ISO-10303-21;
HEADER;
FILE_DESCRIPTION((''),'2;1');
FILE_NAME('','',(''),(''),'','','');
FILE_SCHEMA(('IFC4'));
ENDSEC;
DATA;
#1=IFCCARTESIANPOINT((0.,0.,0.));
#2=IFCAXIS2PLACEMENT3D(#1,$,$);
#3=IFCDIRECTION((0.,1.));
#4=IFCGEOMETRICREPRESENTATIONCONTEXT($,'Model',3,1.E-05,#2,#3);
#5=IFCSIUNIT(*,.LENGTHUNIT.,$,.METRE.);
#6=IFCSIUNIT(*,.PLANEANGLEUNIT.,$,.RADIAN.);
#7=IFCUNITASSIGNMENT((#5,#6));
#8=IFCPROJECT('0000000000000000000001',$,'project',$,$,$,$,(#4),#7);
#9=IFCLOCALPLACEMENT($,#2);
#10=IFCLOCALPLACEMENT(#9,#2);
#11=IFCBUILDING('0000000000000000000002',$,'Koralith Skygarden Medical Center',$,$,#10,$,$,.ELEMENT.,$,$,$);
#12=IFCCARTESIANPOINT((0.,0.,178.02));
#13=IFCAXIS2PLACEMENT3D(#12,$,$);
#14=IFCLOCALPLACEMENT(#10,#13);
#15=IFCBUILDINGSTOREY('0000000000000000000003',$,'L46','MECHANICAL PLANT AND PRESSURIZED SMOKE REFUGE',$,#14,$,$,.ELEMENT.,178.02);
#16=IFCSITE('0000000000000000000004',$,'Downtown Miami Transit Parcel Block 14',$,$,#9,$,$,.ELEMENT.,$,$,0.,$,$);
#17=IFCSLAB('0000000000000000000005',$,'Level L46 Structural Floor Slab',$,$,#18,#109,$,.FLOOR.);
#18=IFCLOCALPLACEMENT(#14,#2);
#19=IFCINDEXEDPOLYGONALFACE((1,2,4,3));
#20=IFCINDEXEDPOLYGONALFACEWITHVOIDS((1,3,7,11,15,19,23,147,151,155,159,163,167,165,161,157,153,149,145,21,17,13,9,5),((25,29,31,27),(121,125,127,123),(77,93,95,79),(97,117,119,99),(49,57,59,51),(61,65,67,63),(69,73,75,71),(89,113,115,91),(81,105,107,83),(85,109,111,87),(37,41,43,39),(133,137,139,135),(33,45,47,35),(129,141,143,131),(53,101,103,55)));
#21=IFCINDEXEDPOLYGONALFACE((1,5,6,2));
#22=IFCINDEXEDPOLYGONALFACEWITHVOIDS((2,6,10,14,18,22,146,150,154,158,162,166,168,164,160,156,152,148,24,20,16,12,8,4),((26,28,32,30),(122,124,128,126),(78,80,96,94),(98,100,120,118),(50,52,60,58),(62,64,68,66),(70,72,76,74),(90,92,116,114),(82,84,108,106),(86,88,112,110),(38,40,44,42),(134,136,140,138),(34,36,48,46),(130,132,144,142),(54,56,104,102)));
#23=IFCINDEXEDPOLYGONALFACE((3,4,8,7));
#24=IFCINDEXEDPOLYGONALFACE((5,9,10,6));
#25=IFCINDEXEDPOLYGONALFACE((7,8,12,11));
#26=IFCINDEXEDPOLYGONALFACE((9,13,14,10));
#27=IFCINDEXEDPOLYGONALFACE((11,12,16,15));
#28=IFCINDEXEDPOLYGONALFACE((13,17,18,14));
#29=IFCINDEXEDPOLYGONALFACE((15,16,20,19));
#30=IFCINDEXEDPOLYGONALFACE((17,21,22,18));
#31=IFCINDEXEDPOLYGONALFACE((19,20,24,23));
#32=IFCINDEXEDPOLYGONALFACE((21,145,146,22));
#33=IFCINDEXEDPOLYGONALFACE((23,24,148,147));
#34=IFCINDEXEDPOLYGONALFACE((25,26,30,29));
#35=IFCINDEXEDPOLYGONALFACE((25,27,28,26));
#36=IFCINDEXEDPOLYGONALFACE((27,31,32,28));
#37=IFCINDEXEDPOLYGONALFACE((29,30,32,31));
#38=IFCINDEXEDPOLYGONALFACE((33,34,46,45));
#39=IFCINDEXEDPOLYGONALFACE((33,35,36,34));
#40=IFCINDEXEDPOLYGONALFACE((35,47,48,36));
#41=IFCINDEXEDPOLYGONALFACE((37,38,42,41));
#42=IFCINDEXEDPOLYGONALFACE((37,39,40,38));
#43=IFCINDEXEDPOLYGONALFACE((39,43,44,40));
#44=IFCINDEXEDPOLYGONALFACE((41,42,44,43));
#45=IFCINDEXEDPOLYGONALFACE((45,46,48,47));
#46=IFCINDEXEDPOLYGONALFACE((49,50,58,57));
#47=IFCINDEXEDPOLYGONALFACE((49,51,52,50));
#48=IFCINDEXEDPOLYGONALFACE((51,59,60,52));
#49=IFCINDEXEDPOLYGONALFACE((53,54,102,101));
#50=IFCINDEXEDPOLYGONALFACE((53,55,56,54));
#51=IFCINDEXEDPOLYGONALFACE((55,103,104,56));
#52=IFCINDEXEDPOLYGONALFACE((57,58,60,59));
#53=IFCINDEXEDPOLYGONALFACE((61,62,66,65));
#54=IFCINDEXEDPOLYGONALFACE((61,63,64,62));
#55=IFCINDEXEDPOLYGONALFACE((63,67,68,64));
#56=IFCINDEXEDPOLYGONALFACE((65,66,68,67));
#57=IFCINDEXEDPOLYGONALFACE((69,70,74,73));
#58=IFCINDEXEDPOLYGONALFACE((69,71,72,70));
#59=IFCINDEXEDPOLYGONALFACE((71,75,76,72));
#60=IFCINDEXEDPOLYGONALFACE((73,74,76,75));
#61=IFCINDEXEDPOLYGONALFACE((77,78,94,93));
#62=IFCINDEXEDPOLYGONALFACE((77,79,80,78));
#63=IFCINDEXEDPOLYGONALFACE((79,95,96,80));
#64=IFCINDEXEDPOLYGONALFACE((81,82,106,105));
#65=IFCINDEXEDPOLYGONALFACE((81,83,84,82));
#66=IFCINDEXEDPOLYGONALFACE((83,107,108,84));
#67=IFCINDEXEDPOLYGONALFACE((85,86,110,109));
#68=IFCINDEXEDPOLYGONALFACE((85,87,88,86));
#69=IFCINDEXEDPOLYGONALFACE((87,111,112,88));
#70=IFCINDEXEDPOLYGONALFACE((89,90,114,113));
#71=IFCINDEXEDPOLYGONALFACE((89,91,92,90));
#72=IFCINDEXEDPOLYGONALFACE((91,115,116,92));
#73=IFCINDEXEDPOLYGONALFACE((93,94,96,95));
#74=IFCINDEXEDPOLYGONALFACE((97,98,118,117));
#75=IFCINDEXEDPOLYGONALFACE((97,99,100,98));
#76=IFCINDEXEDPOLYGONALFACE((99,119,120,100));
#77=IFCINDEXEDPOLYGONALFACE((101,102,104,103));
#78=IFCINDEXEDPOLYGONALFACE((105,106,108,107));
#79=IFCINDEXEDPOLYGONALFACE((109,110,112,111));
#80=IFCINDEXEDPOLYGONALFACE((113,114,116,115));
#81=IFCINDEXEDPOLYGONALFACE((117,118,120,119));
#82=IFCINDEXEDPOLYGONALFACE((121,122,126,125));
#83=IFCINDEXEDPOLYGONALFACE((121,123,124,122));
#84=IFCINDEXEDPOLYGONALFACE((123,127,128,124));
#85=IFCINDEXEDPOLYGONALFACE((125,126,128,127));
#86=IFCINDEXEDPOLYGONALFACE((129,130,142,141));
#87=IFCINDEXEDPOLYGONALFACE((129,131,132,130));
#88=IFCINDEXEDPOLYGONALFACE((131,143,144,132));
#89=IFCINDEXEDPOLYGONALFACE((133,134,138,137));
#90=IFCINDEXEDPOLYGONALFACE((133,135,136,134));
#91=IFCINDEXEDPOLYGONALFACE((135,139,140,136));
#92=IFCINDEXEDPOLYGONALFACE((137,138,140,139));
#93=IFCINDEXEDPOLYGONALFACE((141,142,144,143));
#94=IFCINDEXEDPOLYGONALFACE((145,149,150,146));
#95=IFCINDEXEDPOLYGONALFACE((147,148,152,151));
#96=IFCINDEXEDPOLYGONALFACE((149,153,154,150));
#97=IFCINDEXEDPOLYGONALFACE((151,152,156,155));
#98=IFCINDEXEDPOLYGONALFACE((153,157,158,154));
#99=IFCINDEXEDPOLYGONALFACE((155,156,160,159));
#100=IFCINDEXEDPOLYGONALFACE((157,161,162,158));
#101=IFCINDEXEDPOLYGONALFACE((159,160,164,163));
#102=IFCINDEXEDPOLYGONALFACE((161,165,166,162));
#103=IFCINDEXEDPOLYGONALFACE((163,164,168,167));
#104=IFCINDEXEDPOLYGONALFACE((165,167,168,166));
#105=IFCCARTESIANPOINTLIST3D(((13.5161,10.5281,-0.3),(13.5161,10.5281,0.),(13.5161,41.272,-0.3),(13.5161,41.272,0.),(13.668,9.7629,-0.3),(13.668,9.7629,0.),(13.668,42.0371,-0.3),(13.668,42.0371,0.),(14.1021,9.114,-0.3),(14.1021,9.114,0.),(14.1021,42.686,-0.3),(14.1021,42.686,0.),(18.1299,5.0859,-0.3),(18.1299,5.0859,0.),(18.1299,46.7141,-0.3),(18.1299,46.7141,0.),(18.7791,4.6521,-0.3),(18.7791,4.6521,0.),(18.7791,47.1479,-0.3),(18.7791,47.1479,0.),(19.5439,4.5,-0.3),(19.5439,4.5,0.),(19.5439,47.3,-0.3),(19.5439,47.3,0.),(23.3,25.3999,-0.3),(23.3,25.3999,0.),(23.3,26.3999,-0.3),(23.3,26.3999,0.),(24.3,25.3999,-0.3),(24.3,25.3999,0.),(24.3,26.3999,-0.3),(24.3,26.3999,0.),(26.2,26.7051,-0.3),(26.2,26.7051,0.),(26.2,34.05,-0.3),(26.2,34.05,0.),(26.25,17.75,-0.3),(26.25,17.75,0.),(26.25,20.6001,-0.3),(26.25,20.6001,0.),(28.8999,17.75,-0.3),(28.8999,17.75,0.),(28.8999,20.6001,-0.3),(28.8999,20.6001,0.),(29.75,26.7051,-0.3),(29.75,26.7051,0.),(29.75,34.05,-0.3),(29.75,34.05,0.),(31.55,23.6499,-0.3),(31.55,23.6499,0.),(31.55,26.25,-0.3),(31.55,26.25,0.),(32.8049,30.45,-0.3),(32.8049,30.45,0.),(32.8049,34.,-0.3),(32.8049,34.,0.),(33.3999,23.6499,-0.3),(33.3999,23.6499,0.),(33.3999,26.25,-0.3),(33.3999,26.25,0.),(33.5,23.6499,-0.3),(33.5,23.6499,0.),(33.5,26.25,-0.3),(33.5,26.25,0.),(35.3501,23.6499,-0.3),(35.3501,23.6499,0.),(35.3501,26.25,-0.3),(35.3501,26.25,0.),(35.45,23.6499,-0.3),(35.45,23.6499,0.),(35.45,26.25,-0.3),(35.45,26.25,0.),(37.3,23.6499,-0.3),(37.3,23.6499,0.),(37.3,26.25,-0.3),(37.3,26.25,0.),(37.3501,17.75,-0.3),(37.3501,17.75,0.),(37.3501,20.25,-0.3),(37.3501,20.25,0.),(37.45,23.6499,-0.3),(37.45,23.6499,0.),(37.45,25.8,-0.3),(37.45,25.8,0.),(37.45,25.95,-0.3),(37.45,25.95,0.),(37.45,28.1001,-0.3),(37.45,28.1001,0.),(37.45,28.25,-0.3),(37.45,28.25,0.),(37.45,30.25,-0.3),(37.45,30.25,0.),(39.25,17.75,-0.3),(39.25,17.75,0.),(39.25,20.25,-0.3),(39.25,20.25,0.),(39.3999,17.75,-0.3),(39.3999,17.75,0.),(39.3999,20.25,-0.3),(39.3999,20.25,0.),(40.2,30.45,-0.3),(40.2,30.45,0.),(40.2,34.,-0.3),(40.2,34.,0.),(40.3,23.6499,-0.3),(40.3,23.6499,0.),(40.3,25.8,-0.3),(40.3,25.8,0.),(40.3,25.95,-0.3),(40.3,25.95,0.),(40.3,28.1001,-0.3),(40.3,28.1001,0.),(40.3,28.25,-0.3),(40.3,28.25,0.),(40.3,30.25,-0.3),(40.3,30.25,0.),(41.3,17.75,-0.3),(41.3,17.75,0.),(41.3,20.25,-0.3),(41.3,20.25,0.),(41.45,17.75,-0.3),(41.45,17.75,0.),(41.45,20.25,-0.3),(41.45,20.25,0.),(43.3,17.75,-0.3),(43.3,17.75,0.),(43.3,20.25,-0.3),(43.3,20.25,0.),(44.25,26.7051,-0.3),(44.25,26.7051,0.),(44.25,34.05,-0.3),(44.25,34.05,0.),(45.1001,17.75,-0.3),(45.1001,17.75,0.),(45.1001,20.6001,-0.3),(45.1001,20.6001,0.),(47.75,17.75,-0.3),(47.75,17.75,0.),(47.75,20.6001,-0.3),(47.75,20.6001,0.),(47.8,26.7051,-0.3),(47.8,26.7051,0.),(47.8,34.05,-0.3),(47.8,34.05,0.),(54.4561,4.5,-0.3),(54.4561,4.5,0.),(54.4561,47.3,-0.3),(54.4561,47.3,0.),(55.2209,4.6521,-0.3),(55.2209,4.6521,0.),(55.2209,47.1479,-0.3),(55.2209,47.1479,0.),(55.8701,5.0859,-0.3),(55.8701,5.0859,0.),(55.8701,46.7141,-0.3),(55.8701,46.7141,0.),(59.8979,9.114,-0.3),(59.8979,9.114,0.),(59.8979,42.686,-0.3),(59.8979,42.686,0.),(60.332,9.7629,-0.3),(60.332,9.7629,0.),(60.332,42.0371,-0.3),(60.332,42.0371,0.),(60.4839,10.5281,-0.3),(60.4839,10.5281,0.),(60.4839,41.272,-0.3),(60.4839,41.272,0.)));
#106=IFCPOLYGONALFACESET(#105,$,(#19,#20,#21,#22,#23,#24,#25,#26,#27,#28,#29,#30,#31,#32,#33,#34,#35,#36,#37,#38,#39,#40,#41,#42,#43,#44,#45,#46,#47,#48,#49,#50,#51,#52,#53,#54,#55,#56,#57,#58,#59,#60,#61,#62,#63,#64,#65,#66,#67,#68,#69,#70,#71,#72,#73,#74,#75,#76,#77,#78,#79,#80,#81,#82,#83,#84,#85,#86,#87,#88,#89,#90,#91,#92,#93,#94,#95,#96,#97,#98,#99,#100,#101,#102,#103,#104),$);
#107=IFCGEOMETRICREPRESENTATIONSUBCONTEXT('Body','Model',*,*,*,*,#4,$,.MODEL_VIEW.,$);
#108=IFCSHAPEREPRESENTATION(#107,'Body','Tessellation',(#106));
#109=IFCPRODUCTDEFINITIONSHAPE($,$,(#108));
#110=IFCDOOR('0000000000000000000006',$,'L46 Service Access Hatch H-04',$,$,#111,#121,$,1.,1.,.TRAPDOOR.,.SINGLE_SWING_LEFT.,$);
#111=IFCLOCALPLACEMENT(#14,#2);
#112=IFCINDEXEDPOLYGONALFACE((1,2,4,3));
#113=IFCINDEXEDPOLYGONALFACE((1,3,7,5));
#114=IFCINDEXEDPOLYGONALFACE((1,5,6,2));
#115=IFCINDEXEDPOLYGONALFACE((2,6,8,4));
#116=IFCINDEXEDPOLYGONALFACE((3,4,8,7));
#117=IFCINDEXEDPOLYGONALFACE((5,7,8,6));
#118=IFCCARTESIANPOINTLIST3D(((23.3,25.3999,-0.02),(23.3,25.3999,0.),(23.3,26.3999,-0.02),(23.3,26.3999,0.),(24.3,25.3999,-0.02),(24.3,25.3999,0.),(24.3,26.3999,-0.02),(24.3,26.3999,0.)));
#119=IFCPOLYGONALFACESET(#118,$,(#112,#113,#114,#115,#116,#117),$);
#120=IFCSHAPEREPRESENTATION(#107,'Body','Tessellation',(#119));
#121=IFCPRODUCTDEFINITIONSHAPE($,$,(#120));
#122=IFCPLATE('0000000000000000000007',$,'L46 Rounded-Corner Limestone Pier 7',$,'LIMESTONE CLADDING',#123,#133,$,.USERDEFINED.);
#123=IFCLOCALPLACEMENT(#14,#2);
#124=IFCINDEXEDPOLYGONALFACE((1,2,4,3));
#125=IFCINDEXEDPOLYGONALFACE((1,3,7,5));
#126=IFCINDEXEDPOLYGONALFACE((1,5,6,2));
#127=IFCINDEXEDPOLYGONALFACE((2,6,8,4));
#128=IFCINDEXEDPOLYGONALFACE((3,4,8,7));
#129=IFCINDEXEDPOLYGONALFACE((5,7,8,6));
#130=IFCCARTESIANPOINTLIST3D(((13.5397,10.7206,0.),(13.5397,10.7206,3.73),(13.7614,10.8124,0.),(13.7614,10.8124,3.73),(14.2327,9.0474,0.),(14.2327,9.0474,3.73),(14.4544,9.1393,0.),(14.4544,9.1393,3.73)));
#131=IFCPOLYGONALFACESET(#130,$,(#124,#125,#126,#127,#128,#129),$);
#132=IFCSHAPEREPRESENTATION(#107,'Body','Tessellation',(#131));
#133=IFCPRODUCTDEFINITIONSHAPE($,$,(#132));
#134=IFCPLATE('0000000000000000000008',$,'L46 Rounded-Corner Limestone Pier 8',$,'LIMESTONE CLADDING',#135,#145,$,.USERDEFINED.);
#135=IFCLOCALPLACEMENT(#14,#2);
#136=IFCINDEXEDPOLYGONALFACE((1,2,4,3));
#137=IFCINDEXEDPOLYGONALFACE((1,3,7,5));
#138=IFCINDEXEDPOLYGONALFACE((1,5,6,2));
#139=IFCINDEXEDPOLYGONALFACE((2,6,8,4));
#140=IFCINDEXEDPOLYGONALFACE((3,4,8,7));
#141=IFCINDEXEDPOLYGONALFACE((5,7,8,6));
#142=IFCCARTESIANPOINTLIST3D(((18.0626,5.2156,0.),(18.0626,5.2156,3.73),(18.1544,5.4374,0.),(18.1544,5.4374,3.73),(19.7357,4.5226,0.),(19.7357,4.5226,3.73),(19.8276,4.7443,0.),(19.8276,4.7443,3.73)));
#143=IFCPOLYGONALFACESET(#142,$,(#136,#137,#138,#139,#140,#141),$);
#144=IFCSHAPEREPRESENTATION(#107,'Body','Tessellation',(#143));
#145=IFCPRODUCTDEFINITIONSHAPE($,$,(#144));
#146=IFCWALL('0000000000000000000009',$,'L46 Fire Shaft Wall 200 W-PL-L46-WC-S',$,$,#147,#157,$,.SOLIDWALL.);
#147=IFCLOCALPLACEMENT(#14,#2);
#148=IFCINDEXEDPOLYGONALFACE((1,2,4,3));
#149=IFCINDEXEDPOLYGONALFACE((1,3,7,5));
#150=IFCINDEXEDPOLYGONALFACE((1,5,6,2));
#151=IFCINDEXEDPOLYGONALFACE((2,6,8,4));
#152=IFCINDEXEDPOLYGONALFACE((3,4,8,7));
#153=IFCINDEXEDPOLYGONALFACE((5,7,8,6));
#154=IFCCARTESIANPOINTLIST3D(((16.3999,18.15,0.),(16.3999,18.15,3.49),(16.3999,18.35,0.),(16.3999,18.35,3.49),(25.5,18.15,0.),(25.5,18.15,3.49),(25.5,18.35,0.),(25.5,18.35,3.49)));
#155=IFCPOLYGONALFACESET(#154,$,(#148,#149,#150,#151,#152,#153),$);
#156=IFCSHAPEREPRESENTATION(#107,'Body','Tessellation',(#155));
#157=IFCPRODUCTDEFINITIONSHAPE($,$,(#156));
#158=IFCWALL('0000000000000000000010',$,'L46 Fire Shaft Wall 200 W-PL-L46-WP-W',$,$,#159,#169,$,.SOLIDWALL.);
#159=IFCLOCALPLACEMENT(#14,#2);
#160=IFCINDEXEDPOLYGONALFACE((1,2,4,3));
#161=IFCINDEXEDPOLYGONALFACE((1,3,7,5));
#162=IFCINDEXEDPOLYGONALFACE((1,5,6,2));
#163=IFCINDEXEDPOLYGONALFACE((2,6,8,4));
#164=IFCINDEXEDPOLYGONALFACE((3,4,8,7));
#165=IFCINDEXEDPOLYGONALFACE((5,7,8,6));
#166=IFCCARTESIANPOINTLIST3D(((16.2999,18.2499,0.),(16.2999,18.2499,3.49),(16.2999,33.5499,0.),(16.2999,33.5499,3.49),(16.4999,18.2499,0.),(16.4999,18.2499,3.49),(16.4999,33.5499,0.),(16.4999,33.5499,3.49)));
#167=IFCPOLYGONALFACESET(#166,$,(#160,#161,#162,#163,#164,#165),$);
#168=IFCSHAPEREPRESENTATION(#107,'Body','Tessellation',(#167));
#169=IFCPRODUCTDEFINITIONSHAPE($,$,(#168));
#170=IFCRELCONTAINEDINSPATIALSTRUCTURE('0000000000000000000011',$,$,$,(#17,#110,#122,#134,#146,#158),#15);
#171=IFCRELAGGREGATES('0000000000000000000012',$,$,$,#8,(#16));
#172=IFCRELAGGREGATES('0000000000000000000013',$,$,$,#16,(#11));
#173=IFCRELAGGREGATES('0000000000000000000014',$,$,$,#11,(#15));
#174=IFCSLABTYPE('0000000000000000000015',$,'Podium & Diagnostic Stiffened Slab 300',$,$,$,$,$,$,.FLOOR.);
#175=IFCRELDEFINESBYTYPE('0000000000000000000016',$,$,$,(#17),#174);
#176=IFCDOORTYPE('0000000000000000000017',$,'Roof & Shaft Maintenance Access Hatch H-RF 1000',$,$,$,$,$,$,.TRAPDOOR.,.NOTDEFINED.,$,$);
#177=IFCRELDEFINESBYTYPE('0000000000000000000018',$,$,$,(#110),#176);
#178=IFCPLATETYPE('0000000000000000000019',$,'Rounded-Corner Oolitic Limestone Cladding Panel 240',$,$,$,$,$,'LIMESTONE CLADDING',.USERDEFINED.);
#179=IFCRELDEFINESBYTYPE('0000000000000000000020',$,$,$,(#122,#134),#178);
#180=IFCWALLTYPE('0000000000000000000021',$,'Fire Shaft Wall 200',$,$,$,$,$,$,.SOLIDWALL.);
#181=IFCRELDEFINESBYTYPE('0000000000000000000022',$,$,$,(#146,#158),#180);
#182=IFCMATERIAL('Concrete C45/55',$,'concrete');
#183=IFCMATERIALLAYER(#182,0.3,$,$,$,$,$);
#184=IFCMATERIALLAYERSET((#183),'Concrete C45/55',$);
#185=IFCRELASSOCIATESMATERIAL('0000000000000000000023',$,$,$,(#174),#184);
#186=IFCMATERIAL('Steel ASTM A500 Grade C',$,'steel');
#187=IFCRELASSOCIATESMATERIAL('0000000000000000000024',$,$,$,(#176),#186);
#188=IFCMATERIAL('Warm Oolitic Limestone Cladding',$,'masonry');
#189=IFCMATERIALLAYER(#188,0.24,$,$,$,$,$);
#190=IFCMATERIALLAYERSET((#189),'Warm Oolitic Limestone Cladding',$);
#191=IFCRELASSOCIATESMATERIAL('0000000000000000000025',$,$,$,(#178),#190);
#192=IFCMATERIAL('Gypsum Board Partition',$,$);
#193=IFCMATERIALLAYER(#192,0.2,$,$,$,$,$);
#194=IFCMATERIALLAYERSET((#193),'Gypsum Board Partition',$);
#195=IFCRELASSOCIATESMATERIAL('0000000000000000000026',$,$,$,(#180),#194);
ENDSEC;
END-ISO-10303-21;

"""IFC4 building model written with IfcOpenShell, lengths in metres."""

from ifc_helpers import new_model, si_unit, direction, frame, frame_2d, origin, origin_2d, place, context, subcontext, project, spatial, polyline, rectangle, outline, extrude, material, layer, layer_set, type_object, element, fill, save


model = new_model("IFC4")

# Units and contexts
model_context = context("Model", 3, precision=1e-05, world=origin(), true_north=direction((0.0, 1.0)))
body_context = subcontext(model_context, "Body", "Model", "MODEL_VIEW")
ifc_project = project(units=[si_unit("LENGTHUNIT", "METRE"), si_unit("PLANEANGLEUNIT", "RADIAN")], contexts=[model_context])

# Site, building, storey
site_placement = place(None, origin())
site = spatial("IfcSite", under=ifc_project, at=site_placement, Name="Downtown Miami Transit Parcel Block 14", CompositionType="ELEMENT", RefElevation=0.0)
building_placement = place(site_placement, origin())
building = spatial("IfcBuilding", under=site, at=building_placement, Name="Koralith Skygarden Medical Center", CompositionType="ELEMENT")
storey_placement = place(building_placement, frame((0.0, 0.0, 178.02)))
storey = spatial("IfcBuildingStorey", under=building, at=storey_placement, Name="L46", Description="MECHANICAL PLANT AND PRESSURIZED SMOKE REFUGE", CompositionType="ELEMENT", Elevation=178.02)

# Shared definitions
ifc_material_1 = material(Name="Steel ASTM A500 Grade C", Category="steel")

# Shared definitions
ifc_material_2 = material(Name="Concrete C45/55", Category="concrete")

# Slab, opening, door
ifc_layer_1 = layer(ifc_material_2, 0.3)
ifc_layer_set_1 = layer_set([ifc_layer_1], Name="Concrete C45/55")
slab_type_1 = type_object("IfcSlabType", Name="Podium & Diagnostic Stiffened Slab 300", PredefinedType="FLOOR", material=ifc_layer_set_1)
slab_1_placement = place(storey_placement, frame((0.0, 0.0, -0.3)))
slab_1 = element("IfcSlab", 1, at=slab_1_placement, inside=storey, type_object=slab_type_1, Name="Level L46 Structural Floor Slab", PredefinedType="FLOOR", context=body_context, shape_type="SweptSolid", body=[
    extrude(outline(polyline([(18.1299, 5.0859), (18.7791, 4.6521), (19.5439, 4.5), (54.4561, 4.5), (55.2209, 4.6521), (55.8701, 5.0859), (59.8979, 9.114), (60.332, 9.7629), (60.4839, 10.5281), (60.4839, 41.272), (60.332, 42.0371), (59.8979, 42.686), (55.8701, 46.7141), (55.2209, 47.1479), (54.4561, 47.3), (19.5439, 47.3), (18.7791, 47.1479), (18.1299, 46.7141), (14.1021, 42.686), (13.668, 42.0371), (13.5161, 41.272), (13.5161, 10.5281), (13.668, 9.7629), (14.1021, 9.114), (18.1299, 5.0859)]), holes=[polyline([(26.2, 26.7051), (29.75, 26.7051), (29.75, 34.05), (26.2, 34.05), (26.2, 26.7051)]), polyline([(44.25, 26.7051), (47.8, 26.7051), (47.8, 34.05), (44.25, 34.05), (44.25, 26.7051)]), polyline([(32.8049, 30.45), (40.2, 30.45), (40.2, 34.0), (32.8049, 34.0), (32.8049, 30.45)]), polyline([(26.25, 17.75), (28.8999, 17.75), (28.8999, 20.6001), (26.25, 20.6001), (26.25, 17.75)]), polyline([(45.1001, 17.75), (47.75, 17.75), (47.75, 20.6001), (45.1001, 20.6001), (45.1001, 17.75)]), polyline([(37.3501, 17.75), (39.25, 17.75), (39.25, 20.25), (37.3501, 20.25), (37.3501, 17.75)]), polyline([(39.3999, 17.75), (41.3, 17.75), (41.3, 20.25), (39.3999, 20.25), (39.3999, 17.75)]), polyline([(41.45, 17.75), (43.3, 17.75), (43.3, 20.25), (41.45, 20.25), (41.45, 17.75)]), polyline([(31.55, 23.6499), (33.3999, 23.6499), (33.3999, 26.25), (31.55, 26.25), (31.55, 23.6499)]), polyline([(33.5, 23.6499), (35.3501, 23.6499), (35.3501, 26.25), (33.5, 26.25), (33.5, 23.6499)]), polyline([(35.45, 23.6499), (37.3, 23.6499), (37.3, 26.25), (35.45, 26.25), (35.45, 23.6499)]), polyline([(37.45, 23.6499), (40.3, 23.6499), (40.3, 25.8), (37.45, 25.8), (37.45, 23.6499)]), polyline([(37.45, 25.95), (40.3, 25.95), (40.3, 28.1001), (37.45, 28.1001), (37.45, 25.95)]), polyline([(37.45, 28.25), (40.3, 28.25), (40.3, 30.25), (37.45, 30.25), (37.45, 28.25)])]), origin(), (0.0, 0.0, 1.0), 0.3),
])
opening_placement = place(slab_1_placement, frame((23.8, 25.8999, -0.01)))
opening = element("IfcOpeningElement", 2, at=opening_placement, cuts=slab_1, PredefinedType="OPENING", context=body_context, shape_type="SweptSolid", body=[
    extrude(rectangle(XDim=1.0, YDim=1.0, at=origin_2d()), origin(), (0.0, 0.0, 1.0), 0.3201),
])
door_type = type_object("IfcDoorType", Name="Roof & Shaft Maintenance Access Hatch H-RF 1000", OperationType="NOTDEFINED", PredefinedType="TRAPDOOR", material=ifc_material_1)
door_placement = place(opening_placement, frame((0.0, 0.0, 0.29)))
door = element("IfcDoor", 3, at=door_placement, inside=storey, type_object=door_type, Name="L46 Service Access Hatch H-04", OperationType="SINGLE_SWING_LEFT", OverallHeight=1.0, OverallWidth=1.0, PredefinedType="TRAPDOOR", context=body_context, shape_type="SweptSolid", body=[
    extrude(rectangle(XDim=1.0, YDim=1.0, at=origin_2d()), origin(), (0.0, 0.0, 1.0), 0.02),
])
fill(opening, door)

# Plates
ifc_material_3 = material(Name="Warm Oolitic Limestone Cladding", Category="masonry")
ifc_layer_2 = layer(ifc_material_3, 0.24)
ifc_layer_set_2 = layer_set([ifc_layer_2], Name="Warm Oolitic Limestone Cladding")
plate_type_1 = type_object("IfcPlateType", Name="Rounded-Corner Oolitic Limestone Cladding Panel 240", ElementType="LIMESTONE CLADDING", PredefinedType="USERDEFINED", material=ifc_layer_set_2)
for number, where, z_axis, x_axis, name in (
    (4, (13.9971, 9.9299, 0.0), (0.0, 0.0, 1.0), (0.382671, -0.923885, 0.0), "L46 Rounded-Corner Limestone Pier 7"),
    (5, (18.9451, 4.98, 0.0), (0.0, 0.0, 1.0), (0.923885, -0.382671, 0.0), "L46 Rounded-Corner Limestone Pier 8"),
):
    element("IfcPlate", number, at=place(storey_placement, frame(where, z_axis=z_axis, x_axis=x_axis)), inside=storey, type_object=plate_type_1, Name=name, ObjectType="LIMESTONE CLADDING", PredefinedType="USERDEFINED", context=body_context, shape_type="SweptSolid", body=[
        extrude(rectangle(XDim=1.811, YDim=0.24, at=origin_2d()), origin(), (0.0, 0.0, 1.0), 3.73),
    ])

# Walls
ifc_material_4 = material(Name="Gypsum Board Partition")
ifc_layer_3 = layer(ifc_material_4, 0.2)
ifc_layer_set_3 = layer_set([ifc_layer_3], Name="Gypsum Board Partition")
wall_type_1 = type_object("IfcWallType", Name="Fire Shaft Wall 200", PredefinedType="SOLIDWALL", material=ifc_layer_set_3)
wall_1_placement = place(storey_placement, frame((16.3999, 18.25, 0.0), z_axis=(0.0, 0.0, 1.0), x_axis=(1.0, 0.0, 0.0)))
element("IfcWall", 6, at=wall_1_placement, inside=storey, type_object=wall_type_1, Name="L46 Fire Shaft Wall 200 W-PL-L46-WC-S", PredefinedType="SOLIDWALL", context=body_context, shape_type="SweptSolid", body=[
    extrude(rectangle(XDim=9.1001, YDim=0.2, at=frame_2d((4.55, 0.0))), origin(), (0.0, 0.0, 1.0), 3.49),
])
wall_2_placement = place(storey_placement, frame((16.3999, 18.25, 0.0), z_axis=(0.0, 0.0, 1.0), x_axis=(0.0, 1.0, 0.0)))
element("IfcWall", 7, at=wall_2_placement, inside=storey, type_object=wall_type_1, Name="L46 Fire Shaft Wall 200 W-PL-L46-WP-W", PredefinedType="SOLIDWALL", context=body_context, shape_type="SweptSolid", body=[
    extrude(rectangle(XDim=15.3, YDim=0.2, at=frame_2d((7.6499, 0.0))), origin(), (0.0, 0.0, 1.0), 3.49),
])

save(model, "model.ifc")
